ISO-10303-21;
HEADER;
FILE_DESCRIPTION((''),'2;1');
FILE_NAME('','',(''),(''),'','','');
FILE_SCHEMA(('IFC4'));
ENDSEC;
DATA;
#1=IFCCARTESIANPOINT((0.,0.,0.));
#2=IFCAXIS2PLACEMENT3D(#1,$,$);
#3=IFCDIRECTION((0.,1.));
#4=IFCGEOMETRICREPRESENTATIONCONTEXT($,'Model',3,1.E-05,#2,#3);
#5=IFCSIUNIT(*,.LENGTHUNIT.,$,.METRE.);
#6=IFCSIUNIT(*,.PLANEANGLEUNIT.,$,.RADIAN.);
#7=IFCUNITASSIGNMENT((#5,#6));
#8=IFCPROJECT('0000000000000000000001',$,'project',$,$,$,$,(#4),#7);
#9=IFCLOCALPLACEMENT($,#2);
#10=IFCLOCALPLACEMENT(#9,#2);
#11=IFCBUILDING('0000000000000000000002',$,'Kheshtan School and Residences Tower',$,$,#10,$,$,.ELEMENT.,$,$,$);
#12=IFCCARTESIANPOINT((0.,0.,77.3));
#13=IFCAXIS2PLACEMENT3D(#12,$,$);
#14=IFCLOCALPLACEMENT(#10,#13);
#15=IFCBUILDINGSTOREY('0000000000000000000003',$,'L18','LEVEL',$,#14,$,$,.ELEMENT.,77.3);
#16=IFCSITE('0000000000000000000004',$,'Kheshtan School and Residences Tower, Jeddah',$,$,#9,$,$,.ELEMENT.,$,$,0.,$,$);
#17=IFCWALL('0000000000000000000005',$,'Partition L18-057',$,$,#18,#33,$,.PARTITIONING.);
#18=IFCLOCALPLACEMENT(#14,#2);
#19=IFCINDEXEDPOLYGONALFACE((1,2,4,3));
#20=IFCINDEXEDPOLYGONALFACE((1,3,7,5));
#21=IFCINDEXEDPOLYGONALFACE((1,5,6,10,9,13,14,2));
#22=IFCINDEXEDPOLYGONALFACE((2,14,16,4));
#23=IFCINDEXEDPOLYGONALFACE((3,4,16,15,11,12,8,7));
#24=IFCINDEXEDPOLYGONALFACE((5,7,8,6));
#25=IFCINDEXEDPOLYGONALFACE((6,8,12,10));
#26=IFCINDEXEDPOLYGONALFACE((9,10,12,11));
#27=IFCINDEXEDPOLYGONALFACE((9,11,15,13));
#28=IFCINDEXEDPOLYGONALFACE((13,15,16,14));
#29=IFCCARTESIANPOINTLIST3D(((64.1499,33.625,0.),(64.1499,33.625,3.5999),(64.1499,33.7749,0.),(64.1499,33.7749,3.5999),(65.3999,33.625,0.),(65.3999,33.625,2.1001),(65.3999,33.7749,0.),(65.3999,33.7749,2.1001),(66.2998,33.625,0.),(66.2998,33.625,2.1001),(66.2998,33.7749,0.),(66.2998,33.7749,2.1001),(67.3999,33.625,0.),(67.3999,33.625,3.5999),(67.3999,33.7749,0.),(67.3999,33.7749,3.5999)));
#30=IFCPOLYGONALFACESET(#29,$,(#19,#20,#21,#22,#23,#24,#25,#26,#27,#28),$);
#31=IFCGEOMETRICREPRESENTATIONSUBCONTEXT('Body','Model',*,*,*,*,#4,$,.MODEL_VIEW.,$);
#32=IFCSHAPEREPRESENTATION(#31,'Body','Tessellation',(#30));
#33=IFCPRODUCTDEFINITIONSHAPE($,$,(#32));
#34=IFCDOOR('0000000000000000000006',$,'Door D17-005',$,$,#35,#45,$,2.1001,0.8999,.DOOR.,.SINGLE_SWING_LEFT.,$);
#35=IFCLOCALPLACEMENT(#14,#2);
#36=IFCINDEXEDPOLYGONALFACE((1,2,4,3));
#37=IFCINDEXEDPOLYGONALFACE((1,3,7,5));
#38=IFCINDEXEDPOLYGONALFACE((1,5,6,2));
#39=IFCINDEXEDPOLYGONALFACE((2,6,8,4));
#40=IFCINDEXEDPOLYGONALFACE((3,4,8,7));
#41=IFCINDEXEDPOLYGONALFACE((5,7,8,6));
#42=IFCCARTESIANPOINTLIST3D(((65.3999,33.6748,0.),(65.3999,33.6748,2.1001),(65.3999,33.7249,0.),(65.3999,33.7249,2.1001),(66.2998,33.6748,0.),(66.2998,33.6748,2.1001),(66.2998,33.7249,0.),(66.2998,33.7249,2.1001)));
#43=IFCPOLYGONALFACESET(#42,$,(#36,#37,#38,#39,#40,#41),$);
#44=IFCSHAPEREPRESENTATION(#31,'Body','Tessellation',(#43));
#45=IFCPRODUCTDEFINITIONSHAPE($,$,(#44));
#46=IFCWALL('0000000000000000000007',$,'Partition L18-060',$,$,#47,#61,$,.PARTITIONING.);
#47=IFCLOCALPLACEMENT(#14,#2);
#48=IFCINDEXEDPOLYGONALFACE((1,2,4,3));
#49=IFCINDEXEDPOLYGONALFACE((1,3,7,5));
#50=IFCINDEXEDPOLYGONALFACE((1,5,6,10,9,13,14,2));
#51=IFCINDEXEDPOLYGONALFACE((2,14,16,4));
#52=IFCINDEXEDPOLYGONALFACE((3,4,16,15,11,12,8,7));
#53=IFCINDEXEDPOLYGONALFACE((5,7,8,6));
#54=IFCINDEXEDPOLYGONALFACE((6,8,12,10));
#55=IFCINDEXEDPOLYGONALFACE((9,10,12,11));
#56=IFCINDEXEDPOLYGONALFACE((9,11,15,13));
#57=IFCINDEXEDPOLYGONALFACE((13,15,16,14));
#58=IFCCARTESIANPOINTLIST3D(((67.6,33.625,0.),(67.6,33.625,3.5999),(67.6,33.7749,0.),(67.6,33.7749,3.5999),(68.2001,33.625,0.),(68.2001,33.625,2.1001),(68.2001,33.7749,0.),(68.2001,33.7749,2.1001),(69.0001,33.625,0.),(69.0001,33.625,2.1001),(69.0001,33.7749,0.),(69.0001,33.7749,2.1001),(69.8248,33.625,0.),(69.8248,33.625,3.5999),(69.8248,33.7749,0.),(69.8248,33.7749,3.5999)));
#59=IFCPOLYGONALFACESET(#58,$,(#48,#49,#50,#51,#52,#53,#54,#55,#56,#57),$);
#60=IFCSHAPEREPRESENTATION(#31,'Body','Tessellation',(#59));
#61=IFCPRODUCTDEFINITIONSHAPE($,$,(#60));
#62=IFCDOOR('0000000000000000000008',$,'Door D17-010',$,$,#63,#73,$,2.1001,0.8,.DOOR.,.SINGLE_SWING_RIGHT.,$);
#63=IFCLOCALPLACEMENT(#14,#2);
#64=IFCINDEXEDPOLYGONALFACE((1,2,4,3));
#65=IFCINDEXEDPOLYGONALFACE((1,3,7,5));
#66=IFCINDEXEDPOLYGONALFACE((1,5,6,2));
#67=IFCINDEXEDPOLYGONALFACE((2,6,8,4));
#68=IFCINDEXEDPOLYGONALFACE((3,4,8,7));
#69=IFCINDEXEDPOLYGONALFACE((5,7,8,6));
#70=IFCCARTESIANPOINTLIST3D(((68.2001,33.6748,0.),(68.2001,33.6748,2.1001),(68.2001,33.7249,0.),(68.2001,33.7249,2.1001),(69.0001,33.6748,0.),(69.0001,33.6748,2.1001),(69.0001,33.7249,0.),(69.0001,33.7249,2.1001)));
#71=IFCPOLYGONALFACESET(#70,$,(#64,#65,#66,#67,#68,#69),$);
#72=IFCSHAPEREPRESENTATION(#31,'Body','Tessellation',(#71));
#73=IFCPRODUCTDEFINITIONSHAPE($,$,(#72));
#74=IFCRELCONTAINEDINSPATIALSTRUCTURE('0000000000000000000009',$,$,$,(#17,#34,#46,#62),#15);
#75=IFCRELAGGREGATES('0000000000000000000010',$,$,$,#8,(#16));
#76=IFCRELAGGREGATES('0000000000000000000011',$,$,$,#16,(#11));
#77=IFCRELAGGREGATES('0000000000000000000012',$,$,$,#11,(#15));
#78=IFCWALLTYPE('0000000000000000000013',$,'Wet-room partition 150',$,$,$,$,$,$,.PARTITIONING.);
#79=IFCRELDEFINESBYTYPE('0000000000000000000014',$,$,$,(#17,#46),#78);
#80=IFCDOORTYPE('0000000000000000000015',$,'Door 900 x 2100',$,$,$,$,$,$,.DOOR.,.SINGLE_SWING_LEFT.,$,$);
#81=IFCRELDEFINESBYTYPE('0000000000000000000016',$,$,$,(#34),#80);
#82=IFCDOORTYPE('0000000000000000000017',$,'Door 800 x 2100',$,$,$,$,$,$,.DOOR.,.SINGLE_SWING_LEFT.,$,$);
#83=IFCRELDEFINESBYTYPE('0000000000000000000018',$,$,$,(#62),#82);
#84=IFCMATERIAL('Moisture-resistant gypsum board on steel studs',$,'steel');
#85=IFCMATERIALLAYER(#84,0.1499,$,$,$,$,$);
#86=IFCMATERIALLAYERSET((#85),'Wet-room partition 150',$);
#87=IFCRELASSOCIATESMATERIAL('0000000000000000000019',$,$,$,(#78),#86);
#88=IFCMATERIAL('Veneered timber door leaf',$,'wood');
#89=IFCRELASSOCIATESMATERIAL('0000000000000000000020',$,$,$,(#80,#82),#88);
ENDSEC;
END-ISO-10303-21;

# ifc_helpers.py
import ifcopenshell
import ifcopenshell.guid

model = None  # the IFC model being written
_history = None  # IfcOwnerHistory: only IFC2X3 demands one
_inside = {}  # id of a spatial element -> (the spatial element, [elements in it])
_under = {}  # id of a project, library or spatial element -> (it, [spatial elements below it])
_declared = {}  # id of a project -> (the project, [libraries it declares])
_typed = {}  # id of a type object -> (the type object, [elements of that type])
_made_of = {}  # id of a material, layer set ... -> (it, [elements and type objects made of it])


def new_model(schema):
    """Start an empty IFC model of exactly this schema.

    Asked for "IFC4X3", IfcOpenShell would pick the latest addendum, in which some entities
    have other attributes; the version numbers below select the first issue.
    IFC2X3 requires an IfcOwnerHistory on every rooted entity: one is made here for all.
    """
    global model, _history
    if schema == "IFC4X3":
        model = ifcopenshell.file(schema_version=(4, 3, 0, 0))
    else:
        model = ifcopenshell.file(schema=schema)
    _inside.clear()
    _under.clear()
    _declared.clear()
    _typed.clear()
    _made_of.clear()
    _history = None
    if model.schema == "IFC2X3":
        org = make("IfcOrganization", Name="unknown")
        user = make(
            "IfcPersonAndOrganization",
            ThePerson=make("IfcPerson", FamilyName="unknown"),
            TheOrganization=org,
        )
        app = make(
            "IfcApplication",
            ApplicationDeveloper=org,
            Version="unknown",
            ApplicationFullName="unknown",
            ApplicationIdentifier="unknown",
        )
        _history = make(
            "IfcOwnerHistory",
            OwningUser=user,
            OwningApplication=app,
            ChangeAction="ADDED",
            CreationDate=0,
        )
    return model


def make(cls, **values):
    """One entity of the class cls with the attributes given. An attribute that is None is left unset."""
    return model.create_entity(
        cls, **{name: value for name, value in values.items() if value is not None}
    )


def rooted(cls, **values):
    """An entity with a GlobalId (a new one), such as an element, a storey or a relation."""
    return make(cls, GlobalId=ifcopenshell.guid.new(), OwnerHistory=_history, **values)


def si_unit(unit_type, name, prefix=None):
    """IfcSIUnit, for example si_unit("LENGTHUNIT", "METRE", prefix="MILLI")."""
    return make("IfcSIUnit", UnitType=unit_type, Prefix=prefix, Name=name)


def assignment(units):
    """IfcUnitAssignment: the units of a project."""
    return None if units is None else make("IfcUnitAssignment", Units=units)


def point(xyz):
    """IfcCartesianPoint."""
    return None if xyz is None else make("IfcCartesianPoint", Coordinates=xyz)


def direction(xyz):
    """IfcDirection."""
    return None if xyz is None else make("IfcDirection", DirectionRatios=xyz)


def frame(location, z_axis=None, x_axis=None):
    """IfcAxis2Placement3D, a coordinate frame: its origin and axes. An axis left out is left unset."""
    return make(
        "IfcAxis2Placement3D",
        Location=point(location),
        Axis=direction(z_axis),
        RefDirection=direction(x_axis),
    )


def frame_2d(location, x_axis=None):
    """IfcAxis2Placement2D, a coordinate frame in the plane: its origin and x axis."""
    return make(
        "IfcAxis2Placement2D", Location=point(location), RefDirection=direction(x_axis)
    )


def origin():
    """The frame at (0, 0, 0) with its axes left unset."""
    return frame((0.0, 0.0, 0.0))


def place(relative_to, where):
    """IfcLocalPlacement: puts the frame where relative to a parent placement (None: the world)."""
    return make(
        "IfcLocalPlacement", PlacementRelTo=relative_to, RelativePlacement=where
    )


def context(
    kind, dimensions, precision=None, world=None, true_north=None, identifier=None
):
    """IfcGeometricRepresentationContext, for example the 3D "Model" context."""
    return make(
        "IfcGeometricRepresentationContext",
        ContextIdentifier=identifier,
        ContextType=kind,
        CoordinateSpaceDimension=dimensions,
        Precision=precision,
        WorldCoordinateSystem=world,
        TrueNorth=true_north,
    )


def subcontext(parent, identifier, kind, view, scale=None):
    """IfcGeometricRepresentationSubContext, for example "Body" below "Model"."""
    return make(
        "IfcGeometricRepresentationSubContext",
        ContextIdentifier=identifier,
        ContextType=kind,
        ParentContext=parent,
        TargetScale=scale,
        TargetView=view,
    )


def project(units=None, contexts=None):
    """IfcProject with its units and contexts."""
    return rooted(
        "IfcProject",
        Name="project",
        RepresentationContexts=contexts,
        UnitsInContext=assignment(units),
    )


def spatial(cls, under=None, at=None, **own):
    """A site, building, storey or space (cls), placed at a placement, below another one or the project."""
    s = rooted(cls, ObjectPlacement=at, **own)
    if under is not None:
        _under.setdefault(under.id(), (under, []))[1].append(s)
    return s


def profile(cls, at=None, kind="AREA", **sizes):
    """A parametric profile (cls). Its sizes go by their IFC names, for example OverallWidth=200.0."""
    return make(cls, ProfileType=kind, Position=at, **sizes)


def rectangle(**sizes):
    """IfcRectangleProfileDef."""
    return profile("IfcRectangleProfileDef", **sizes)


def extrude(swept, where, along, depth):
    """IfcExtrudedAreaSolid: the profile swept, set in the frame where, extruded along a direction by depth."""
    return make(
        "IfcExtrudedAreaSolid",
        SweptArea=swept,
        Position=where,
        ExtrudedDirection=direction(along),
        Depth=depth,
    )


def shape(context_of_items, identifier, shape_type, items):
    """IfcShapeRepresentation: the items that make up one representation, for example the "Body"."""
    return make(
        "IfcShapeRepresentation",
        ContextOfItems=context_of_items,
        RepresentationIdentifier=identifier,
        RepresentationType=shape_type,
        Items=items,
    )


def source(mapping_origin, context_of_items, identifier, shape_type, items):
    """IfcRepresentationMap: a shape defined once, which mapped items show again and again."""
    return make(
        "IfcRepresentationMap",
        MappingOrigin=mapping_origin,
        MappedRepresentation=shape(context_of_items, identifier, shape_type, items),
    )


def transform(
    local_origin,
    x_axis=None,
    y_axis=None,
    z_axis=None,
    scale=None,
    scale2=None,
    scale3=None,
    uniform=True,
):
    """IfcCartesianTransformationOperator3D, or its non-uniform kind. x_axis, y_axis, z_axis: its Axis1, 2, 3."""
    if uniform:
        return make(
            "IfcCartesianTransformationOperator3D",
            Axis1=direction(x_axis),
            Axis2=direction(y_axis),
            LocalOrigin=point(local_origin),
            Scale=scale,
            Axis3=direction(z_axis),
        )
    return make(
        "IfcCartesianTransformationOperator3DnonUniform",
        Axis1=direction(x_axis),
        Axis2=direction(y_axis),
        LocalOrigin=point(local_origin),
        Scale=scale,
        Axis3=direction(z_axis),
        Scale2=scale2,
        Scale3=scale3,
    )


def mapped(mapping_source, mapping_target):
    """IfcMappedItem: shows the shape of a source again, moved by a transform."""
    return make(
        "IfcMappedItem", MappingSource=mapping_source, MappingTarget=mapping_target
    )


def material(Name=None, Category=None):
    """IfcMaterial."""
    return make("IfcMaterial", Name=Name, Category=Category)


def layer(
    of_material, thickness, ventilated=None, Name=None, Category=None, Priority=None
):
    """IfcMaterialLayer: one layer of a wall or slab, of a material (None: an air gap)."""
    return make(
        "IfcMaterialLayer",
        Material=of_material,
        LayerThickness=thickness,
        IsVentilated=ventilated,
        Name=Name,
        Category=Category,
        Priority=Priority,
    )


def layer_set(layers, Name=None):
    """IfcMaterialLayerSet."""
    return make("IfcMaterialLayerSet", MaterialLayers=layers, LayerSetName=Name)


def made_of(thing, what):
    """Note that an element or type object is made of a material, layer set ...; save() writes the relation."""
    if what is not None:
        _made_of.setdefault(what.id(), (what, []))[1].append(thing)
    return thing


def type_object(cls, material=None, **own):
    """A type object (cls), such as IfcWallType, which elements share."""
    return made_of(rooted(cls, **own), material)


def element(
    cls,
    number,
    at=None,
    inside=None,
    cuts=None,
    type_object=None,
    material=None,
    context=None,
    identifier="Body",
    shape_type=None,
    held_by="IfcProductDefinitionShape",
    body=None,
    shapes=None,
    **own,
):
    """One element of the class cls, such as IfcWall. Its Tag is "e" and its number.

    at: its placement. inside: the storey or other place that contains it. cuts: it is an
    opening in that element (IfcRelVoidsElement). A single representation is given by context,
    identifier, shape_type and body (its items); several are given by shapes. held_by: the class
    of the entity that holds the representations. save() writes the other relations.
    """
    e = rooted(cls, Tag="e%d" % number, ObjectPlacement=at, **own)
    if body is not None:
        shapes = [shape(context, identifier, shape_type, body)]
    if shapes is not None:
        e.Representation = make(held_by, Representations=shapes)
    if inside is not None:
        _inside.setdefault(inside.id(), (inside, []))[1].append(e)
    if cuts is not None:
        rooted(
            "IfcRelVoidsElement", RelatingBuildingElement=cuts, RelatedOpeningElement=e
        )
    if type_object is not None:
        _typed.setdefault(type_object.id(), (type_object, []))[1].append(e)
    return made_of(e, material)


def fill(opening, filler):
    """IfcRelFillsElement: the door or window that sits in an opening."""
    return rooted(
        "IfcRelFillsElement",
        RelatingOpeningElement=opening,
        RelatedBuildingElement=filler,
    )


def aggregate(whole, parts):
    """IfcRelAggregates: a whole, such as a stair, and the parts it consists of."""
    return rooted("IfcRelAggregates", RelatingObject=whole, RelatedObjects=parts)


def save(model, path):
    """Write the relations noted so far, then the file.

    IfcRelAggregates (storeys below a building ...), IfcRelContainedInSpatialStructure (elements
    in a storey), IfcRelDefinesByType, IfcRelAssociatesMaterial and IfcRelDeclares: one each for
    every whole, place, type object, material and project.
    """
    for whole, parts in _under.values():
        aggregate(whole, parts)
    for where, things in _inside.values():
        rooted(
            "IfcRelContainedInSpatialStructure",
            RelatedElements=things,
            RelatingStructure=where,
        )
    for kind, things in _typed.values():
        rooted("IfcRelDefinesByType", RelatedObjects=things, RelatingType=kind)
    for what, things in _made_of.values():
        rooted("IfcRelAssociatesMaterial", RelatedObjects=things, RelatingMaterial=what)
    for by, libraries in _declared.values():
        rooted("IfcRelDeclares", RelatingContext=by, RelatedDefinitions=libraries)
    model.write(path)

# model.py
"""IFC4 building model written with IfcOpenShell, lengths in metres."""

from ifc_helpers import new_model, si_unit, direction, frame, frame_2d, origin, place, context, subcontext, project, spatial, rectangle, extrude, source, transform, mapped, material, layer, layer_set, type_object, element, fill, save


model = new_model("IFC4")

# Units and contexts
model_context = context("Model", 3, precision=1e-05, world=origin(), true_north=direction((0.0, 1.0)))
body_context = subcontext(model_context, "Body", "Model", "MODEL_VIEW")
ifc_project = project(units=[si_unit("LENGTHUNIT", "METRE"), si_unit("PLANEANGLEUNIT", "RADIAN")], contexts=[model_context])

# Site, building, storey
site_placement = place(None, origin())
site = spatial("IfcSite", under=ifc_project, at=site_placement, Name="Kheshtan School and Residences Tower, Jeddah", CompositionType="ELEMENT", RefElevation=0.0)
building_placement = place(site_placement, origin())
building = spatial("IfcBuilding", under=site, at=building_placement, Name="Kheshtan School and Residences Tower", CompositionType="ELEMENT")
storey_placement = place(building_placement, frame((0.0, 0.0, 77.3)))
storey = spatial("IfcBuildingStorey", under=building, at=storey_placement, Name="L18", Description="LEVEL", CompositionType="ELEMENT", Elevation=77.3)

# Walls, openings, doors
ifc_material_1 = material(Name="Moisture-resistant gypsum board on steel studs", Category="steel")
ifc_layer_1 = layer(ifc_material_1, 0.1499)
ifc_layer_set_1 = layer_set([ifc_layer_1], Name="Wet-room partition 150")
wall_type_1 = type_object("IfcWallType", Name="Wet-room partition 150", PredefinedType="PARTITIONING", material=ifc_layer_set_1)
wall_1_placement = place(storey_placement, frame((64.1499, 33.7, 0.0), z_axis=(0.0, 0.0, 1.0), x_axis=(1.0, 0.0, 0.0)))
wall_1 = element("IfcWall", 1, at=wall_1_placement, inside=storey, type_object=wall_type_1, Name="Partition L18-057", PredefinedType="PARTITIONING", context=body_context, shape_type="SweptSolid", body=[
    extrude(rectangle(XDim=3.25, YDim=0.1499, at=frame_2d((1.625, 0.0))), origin(), (0.0, 0.0, 1.0), 3.5999),
])
opening_1_placement = place(wall_1_placement, frame((1.25, 0.0, 0.0)))
opening_1 = element("IfcOpeningElement", 2, at=opening_1_placement, cuts=wall_1, PredefinedType="OPENING", context=body_context, shape_type="SweptSolid", body=[
    extrude(rectangle(XDim=0.8999, YDim=2.1001, at=frame_2d((0.45, 1.05))), frame((0.0, 0.085, 0.0), z_axis=(0.0, -1.0, 0.0), x_axis=(1.0, 0.0, 0.0)), (0.0, 0.0, 1.0), 0.1699),
])
ifc_material_2 = material(Name="Veneered timber door leaf", Category="wood")
door_type_1 = type_object("IfcDoorType", Name="Door 900 x 2100", OperationType="SINGLE_SWING_LEFT", PredefinedType="DOOR", material=ifc_material_2)
shared_shape_1 = source(origin(), body_context, "Body", "SweptSolid", [
    extrude(rectangle(XDim=0.8999, YDim=2.1001, at=frame_2d((0.45, 1.05))), frame((0.0, 0.0249, 0.0), z_axis=(0.0, -1.0, 0.0), x_axis=(1.0, 0.0, 0.0)), (0.0, 0.0, 1.0), 0.05),
])
door_1_placement = place(opening_1_placement, origin())
door_1 = element("IfcDoor", 3, at=door_1_placement, inside=storey, type_object=door_type_1, Name="Door D17-005", OperationType="SINGLE_SWING_LEFT", OverallHeight=2.1001, OverallWidth=0.8999, PredefinedType="DOOR", context=body_context, shape_type="MappedRepresentation", body=[
    mapped(shared_shape_1, transform((0.0, 0.0, 0.0), x_axis=(1.0, 0.0, 0.0), y_axis=(0.0, 1.0, 0.0), z_axis=(0.0, 0.0, 1.0), scale=1.0)),
])
fill(opening_1, door_1)
wall_2_placement = place(storey_placement, frame((67.6001, 33.7, 0.0), z_axis=(0.0, 0.0, 1.0), x_axis=(1.0, 0.0, 0.0)))
wall_2 = element("IfcWall", 4, at=wall_2_placement, inside=storey, type_object=wall_type_1, Name="Partition L18-060", PredefinedType="PARTITIONING", context=body_context, shape_type="SweptSolid", body=[
    extrude(rectangle(XDim=2.2249, YDim=0.1499, at=frame_2d((1.1123, 0.0))), origin(), (0.0, 0.0, 1.0), 3.5999),
])
opening_2_placement = place(wall_2_placement, frame((0.6001, 0.0, 0.0)))
opening_2 = element("IfcOpeningElement", 5, at=opening_2_placement, cuts=wall_2, PredefinedType="OPENING", context=body_context, shape_type="SweptSolid", body=[
    extrude(rectangle(XDim=0.8, YDim=2.1001, at=frame_2d((0.3999, 1.05))), frame((0.0, 0.085, 0.0), z_axis=(0.0, -1.0, 0.0), x_axis=(1.0, 0.0, 0.0)), (0.0, 0.0, 1.0), 0.1699),
])
door_type_2 = type_object("IfcDoorType", Name="Door 800 x 2100", OperationType="SINGLE_SWING_LEFT", PredefinedType="DOOR", material=ifc_material_2)
shared_shape_2 = source(origin(), body_context, "Body", "SweptSolid", [
    extrude(rectangle(XDim=0.8, YDim=2.1001, at=frame_2d((0.3999, 1.05))), frame((0.0, 0.0249, 0.0), z_axis=(0.0, -1.0, 0.0), x_axis=(1.0, 0.0, 0.0)), (0.0, 0.0, 1.0), 0.05),
])
door_2_placement = place(opening_2_placement, origin())
door_2 = element("IfcDoor", 6, at=door_2_placement, inside=storey, type_object=door_type_2, Name="Door D17-010", OperationType="SINGLE_SWING_RIGHT", OverallHeight=2.1001, OverallWidth=0.8, PredefinedType="DOOR", context=body_context, shape_type="MappedRepresentation", body=[
    mapped(shared_shape_2, transform((0.0, 0.0, 0.0), x_axis=(1.0, 0.0, 0.0), y_axis=(0.0, 1.0, 0.0), z_axis=(0.0, 0.0, 1.0), scale=1.0)),
])
fill(opening_2, door_2)

save(model, "model.ifc")
